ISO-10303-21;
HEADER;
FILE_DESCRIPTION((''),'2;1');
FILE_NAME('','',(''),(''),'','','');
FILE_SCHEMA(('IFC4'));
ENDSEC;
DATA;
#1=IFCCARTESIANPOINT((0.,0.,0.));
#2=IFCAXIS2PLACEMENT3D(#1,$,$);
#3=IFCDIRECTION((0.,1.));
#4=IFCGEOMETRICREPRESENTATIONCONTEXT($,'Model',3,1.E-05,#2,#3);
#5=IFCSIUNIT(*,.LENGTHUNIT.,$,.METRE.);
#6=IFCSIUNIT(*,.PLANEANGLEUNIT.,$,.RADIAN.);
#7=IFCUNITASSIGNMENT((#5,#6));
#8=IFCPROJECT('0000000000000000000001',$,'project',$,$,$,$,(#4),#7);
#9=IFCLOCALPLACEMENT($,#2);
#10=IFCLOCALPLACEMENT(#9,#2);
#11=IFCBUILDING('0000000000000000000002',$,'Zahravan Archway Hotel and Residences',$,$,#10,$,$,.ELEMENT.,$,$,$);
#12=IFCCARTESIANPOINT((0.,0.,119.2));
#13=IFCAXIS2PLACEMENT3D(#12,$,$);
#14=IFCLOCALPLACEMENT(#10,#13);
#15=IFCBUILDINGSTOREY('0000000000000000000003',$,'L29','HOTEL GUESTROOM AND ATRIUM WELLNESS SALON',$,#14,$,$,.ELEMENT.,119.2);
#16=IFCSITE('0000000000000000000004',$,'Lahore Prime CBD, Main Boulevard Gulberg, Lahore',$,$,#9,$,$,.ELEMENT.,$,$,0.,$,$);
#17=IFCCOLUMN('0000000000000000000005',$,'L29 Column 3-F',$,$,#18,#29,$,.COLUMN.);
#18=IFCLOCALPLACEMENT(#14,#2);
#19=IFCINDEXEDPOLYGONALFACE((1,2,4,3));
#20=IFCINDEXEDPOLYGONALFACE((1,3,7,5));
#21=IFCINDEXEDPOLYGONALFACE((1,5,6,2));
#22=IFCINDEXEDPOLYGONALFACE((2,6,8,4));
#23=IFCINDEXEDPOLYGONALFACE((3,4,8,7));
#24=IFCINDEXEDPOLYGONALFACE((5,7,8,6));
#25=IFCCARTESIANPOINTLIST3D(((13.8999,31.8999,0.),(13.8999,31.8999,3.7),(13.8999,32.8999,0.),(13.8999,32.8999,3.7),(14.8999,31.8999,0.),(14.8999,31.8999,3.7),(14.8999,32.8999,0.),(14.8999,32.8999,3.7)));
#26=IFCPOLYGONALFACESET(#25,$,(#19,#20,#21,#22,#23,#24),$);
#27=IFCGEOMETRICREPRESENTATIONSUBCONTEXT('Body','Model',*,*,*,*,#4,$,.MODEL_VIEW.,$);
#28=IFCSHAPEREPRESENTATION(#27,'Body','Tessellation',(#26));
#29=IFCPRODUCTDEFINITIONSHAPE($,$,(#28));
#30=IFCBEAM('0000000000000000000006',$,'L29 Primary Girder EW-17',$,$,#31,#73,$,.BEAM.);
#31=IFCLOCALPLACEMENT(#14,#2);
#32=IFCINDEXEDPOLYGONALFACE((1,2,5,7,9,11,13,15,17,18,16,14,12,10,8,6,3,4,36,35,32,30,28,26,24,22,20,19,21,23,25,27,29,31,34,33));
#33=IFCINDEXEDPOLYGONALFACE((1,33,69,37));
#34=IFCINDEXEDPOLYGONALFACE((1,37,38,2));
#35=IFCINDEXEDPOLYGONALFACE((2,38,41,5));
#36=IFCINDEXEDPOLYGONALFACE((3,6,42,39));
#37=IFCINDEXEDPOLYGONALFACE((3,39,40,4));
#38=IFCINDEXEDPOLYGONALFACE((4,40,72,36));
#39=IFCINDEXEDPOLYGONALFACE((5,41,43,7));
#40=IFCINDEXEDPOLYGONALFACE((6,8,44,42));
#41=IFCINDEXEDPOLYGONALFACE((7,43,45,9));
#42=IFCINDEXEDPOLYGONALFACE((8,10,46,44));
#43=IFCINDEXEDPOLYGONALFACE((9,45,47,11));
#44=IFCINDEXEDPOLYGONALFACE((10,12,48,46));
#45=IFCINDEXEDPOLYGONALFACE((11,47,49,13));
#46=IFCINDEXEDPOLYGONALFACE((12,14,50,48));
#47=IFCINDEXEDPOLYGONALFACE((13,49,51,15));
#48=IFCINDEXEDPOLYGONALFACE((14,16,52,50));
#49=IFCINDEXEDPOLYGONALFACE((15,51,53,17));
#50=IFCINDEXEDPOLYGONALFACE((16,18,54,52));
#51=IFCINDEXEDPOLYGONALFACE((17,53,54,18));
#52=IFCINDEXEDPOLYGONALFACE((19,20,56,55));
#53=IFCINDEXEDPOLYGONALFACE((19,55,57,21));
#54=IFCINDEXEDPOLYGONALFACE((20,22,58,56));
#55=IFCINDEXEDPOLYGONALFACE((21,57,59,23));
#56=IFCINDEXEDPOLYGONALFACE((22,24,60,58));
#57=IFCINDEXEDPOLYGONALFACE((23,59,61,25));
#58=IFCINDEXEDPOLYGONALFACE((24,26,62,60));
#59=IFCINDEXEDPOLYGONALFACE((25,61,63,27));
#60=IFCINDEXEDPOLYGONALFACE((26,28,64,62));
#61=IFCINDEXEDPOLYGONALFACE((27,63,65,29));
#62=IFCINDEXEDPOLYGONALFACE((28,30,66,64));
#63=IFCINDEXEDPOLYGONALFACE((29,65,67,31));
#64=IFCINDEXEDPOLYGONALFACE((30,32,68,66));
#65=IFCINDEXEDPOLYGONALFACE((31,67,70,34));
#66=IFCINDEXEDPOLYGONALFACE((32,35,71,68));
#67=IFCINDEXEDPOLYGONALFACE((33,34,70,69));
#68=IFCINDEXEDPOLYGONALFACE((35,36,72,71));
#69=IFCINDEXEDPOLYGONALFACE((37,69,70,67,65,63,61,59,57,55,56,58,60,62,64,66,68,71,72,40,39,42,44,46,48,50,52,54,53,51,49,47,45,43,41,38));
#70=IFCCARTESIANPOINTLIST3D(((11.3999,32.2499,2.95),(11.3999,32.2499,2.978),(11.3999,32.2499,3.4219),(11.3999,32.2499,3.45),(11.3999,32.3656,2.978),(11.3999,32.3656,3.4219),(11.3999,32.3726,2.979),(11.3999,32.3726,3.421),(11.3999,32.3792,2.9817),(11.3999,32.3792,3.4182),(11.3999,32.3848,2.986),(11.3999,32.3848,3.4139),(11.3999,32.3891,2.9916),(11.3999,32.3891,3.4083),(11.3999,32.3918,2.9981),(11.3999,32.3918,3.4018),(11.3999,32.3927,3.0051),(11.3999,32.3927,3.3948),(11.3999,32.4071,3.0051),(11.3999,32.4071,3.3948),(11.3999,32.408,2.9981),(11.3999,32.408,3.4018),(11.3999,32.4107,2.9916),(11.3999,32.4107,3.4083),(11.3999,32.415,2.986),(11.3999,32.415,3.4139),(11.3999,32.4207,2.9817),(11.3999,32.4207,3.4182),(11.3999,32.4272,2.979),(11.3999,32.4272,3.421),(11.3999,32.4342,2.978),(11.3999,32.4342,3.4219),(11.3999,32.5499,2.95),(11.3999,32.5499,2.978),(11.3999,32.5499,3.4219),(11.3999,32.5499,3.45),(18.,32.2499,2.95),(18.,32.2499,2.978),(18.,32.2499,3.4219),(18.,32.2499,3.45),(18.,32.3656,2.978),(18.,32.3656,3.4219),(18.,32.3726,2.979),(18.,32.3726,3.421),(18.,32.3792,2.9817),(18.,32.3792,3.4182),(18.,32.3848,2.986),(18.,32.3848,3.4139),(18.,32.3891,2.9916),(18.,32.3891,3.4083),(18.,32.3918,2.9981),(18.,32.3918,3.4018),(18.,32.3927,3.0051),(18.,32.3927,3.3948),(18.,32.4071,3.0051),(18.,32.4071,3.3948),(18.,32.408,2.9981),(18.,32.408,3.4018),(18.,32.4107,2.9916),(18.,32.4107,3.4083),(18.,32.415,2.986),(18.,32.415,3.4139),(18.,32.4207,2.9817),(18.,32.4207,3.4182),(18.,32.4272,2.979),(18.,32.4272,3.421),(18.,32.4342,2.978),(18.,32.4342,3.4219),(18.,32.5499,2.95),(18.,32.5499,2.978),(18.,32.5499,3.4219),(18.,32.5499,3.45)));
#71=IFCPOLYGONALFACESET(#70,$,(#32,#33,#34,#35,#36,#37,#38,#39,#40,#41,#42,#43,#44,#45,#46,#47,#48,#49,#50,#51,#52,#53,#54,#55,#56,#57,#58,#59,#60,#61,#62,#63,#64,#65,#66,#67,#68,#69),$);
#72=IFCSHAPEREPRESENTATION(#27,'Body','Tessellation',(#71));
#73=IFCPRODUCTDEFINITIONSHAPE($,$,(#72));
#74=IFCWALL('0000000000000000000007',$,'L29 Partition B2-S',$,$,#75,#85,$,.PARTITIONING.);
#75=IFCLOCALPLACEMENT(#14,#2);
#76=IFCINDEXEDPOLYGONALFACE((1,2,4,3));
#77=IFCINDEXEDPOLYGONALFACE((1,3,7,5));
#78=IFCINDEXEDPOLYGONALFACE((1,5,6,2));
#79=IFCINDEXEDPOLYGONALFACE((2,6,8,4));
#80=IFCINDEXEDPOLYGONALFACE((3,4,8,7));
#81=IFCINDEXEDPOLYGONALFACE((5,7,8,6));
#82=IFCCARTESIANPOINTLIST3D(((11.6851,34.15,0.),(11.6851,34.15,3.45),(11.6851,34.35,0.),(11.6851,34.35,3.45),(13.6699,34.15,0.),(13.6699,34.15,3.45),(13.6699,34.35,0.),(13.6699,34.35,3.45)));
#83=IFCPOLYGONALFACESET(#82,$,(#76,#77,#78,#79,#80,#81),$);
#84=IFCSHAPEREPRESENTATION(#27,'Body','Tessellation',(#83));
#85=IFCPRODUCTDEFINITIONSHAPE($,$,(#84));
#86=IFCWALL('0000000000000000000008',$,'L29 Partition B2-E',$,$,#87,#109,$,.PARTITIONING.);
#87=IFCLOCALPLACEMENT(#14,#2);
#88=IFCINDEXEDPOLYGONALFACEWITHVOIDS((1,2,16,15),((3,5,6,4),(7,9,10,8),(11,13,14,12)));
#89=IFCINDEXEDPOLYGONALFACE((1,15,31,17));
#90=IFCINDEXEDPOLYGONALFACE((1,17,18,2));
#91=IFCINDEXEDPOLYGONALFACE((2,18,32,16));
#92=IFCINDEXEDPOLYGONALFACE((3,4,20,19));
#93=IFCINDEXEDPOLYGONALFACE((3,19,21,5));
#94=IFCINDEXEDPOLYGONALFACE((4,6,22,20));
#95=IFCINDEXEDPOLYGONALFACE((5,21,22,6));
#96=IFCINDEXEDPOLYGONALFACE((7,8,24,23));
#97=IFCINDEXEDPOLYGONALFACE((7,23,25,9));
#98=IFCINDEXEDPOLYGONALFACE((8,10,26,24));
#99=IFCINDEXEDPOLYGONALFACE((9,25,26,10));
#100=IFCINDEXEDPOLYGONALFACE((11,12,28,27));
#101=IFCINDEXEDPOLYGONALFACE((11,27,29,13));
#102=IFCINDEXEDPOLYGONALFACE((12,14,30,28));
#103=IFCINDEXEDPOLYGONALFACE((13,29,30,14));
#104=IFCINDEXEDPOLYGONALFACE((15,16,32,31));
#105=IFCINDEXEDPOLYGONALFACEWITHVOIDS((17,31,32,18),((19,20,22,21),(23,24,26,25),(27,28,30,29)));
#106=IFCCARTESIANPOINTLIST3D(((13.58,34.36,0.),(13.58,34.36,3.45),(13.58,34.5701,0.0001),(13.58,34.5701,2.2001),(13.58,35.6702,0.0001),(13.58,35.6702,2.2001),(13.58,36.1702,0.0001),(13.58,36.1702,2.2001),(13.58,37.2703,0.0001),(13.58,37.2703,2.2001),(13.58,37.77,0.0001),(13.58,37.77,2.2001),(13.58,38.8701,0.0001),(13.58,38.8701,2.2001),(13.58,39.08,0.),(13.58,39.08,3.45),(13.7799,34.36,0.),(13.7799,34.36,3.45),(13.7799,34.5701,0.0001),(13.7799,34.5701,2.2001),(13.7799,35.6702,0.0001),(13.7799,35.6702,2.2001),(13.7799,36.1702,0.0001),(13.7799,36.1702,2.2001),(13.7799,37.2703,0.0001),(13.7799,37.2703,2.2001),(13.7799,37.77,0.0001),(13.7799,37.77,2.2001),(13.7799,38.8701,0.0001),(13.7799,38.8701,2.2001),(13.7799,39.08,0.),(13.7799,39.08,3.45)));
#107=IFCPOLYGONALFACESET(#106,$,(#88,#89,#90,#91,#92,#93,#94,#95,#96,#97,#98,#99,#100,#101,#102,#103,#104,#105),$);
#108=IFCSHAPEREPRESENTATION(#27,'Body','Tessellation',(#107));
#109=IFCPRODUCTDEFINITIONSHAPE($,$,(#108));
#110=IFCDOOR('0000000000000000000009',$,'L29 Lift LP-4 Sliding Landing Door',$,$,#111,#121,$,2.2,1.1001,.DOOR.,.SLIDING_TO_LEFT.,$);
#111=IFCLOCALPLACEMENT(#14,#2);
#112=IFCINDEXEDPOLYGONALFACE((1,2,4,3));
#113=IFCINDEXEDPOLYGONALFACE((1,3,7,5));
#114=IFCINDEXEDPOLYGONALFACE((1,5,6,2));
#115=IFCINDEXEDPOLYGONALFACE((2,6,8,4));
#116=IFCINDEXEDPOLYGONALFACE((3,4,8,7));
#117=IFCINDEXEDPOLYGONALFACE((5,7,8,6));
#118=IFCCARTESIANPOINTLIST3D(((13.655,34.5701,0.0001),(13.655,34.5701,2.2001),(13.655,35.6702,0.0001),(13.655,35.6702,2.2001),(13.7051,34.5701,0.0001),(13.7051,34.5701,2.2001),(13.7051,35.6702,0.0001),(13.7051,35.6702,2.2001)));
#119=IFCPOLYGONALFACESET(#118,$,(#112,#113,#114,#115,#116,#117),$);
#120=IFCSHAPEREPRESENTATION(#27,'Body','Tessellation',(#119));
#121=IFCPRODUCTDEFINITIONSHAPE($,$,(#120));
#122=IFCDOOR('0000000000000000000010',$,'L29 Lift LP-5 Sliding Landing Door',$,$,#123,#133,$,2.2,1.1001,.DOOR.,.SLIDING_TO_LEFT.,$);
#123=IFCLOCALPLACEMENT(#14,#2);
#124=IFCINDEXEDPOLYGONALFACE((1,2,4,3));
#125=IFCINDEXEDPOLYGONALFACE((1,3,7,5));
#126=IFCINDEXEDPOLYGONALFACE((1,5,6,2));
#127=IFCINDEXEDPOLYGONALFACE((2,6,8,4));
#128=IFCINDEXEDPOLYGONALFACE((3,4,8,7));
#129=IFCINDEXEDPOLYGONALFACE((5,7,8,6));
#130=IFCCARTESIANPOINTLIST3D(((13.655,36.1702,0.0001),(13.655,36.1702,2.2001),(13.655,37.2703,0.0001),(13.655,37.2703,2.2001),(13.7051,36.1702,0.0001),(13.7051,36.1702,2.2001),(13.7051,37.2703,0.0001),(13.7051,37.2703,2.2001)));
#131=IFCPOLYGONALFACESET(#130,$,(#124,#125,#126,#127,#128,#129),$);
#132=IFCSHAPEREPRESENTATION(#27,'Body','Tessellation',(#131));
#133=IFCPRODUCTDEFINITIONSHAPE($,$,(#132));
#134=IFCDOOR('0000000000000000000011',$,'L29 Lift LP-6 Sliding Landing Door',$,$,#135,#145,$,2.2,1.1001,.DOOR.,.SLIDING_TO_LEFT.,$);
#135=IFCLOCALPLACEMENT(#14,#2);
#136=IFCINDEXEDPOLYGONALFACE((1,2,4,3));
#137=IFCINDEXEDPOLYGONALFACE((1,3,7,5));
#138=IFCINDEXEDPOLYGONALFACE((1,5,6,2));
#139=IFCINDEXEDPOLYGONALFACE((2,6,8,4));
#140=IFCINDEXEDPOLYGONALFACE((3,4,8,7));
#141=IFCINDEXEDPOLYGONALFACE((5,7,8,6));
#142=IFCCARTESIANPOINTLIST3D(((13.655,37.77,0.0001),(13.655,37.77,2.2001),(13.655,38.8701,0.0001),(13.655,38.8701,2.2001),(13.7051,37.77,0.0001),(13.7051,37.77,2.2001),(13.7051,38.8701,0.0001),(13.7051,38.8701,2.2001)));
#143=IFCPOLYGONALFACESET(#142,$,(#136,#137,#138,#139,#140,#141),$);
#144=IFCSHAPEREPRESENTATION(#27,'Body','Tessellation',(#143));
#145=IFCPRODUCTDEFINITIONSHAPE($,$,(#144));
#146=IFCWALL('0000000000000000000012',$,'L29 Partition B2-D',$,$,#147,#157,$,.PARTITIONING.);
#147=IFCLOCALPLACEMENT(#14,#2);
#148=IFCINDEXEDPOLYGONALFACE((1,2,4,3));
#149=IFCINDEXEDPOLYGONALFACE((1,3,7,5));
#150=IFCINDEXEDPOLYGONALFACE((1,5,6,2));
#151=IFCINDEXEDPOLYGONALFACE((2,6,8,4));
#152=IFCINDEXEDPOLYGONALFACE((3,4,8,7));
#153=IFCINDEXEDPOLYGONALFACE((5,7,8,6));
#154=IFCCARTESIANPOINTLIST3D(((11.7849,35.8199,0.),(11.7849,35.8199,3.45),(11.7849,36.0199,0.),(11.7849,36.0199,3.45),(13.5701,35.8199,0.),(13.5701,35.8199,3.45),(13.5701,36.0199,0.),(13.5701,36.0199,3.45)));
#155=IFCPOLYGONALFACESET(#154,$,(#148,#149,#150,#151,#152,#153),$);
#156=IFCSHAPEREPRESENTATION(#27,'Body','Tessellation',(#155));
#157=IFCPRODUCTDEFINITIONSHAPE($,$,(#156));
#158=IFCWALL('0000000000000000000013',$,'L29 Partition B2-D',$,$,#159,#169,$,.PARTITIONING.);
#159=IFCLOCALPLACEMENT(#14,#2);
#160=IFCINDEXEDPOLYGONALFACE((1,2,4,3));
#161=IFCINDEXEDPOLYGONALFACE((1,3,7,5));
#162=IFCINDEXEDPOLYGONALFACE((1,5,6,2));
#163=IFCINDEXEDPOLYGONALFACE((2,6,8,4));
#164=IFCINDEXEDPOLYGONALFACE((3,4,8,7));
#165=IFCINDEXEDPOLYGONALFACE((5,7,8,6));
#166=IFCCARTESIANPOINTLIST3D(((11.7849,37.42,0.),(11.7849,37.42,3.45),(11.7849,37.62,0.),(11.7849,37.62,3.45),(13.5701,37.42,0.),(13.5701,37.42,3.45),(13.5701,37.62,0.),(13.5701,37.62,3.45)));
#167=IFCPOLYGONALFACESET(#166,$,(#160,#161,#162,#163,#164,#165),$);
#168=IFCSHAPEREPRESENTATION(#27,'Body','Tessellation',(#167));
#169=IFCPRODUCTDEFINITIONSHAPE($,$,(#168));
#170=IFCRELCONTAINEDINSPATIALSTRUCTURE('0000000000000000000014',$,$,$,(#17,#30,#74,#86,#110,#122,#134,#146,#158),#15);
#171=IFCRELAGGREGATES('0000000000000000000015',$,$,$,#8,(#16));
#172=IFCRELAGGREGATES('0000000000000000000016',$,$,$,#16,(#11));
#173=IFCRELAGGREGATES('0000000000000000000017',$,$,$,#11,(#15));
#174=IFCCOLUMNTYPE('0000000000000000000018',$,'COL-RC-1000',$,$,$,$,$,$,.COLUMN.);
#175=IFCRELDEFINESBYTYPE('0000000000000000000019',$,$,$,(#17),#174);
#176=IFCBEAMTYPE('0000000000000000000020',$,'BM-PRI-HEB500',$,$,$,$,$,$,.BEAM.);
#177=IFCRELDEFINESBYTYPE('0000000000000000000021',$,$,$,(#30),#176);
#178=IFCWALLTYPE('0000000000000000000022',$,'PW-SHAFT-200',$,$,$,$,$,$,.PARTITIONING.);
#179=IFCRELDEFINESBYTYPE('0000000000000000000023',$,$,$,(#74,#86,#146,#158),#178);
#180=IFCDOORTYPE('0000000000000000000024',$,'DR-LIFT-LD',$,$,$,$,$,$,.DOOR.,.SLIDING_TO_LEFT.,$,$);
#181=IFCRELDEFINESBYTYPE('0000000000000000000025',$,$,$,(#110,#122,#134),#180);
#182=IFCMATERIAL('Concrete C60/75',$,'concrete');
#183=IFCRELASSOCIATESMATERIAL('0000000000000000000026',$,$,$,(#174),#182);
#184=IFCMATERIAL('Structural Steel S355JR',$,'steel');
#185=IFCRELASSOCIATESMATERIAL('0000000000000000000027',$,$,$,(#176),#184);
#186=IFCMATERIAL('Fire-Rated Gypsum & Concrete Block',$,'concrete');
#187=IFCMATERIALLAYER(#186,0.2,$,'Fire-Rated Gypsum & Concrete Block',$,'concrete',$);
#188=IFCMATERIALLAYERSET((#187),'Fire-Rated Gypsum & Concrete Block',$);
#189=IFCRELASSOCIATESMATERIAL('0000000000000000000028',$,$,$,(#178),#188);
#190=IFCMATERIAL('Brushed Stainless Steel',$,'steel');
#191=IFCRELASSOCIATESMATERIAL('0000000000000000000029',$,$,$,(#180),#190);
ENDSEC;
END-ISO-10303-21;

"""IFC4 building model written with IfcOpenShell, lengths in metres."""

from ifc_helpers import new_model, si_unit, direction, frame, frame_2d, origin, origin_2d, place, context, subcontext, project, spatial, rectangle, i_section, extrude, source, transform, mapped, material, layer, layer_set, material_profile, profile_set, type_object, type_shapes, element, fill, save


model = new_model("IFC4")

# Units and contexts
model_context = context("Model", 3, precision=1e-05, world=origin(), true_north=direction((0.0, 1.0)))
body_context = subcontext(model_context, "Body", "Model", "MODEL_VIEW")
ifc_project = project(units=[si_unit("LENGTHUNIT", "METRE"), si_unit("PLANEANGLEUNIT", "RADIAN")], contexts=[model_context])

# Site, building, storey
site_placement = place(None, origin())
site = spatial("IfcSite", under=ifc_project, at=site_placement, Name="Lahore Prime CBD, Main Boulevard Gulberg, Lahore", CompositionType="ELEMENT", RefElevation=0.0)
building_placement = place(site_placement, origin())
building = spatial("IfcBuilding", under=site, at=building_placement, Name="Zahravan Archway Hotel and Residences", CompositionType="ELEMENT")
storey_placement = place(building_placement, frame((0.0, 0.0, 119.2)))
storey = spatial("IfcBuildingStorey", under=building, at=storey_placement, Name="L29", Description="HOTEL GUESTROOM AND ATRIUM WELLNESS SALON", CompositionType="ELEMENT", Elevation=119.2)

# Column
ifc_material_1 = material(Name="Concrete C60/75", Category="concrete")
ifc_material_profile_1 = material_profile(ifc_material_1, rectangle(XDim=1.0, YDim=1.0, at=origin_2d()), Name="RC-COL-1000x1000", Category="concrete")
ifc_profile_set_1 = profile_set([ifc_material_profile_1], Name="Concrete C60/75")
column_type = type_object("IfcColumnType", Name="COL-RC-1000", PredefinedType="COLUMN", material=ifc_profile_set_1)
shared_shape_1 = source(origin(), body_context, "Body", "SweptSolid", [
    extrude(rectangle(XDim=1.0, YDim=1.0, at=origin_2d()), origin(), (0.0, 0.0, 1.0), 3.7),
])
type_shapes(column_type, [shared_shape_1])
column_placement = place(storey_placement, frame((14.3999, 32.3999, 0.0), z_axis=(0.0, 0.0, 1.0), x_axis=(1.0, 0.0, 0.0)))
element("IfcColumn", 1, at=column_placement, inside=storey, type_object=column_type, Name="L29 Column 3-F", PredefinedType="COLUMN", context=body_context, shape_type="MappedRepresentation", body=[
    mapped(shared_shape_1, transform((0.0, 0.0, 0.0), scale=1.0)),
])

# Beam
ifc_material_2 = material(Name="Structural Steel S355JR", Category="steel")
ifc_material_profile_2 = material_profile(ifc_material_2, i_section(OverallWidth=0.3, OverallDepth=0.5, WebThickness=0.0144, FlangeThickness=0.0281, FilletRadius=0.0271, at=origin_2d()), Name="HEB 500", Category="steel")
ifc_profile_set_2 = profile_set([ifc_material_profile_2], Name="Structural Steel S355JR")
beam_type = type_object("IfcBeamType", Name="BM-PRI-HEB500", PredefinedType="BEAM", material=ifc_profile_set_2)
shared_shape_2 = source(origin(), body_context, "Body", "SweptSolid", [
    extrude(i_section(OverallWidth=0.3, OverallDepth=0.5, WebThickness=0.0144, FlangeThickness=0.0281, FilletRadius=0.0271, at=origin_2d()), origin(), (0.0, 0.0, 1.0), 6.6001),
])
beam_placement = place(storey_placement, frame((11.3999, 32.3999, 3.2), z_axis=(1.0, 0.0, 0.0), x_axis=(0.0, 1.0, 0.0)))
element("IfcBeam", 2, at=beam_placement, inside=storey, type_object=beam_type, Name="L29 Primary Girder EW-17", PredefinedType="BEAM", context=body_context, shape_type="MappedRepresentation", body=[
    mapped(shared_shape_2, transform((0.0, 0.0, 0.0), scale=1.0)),
])

# Wall
ifc_material_3 = material(Name="Fire-Rated Gypsum & Concrete Block", Category="concrete")
ifc_layer_1 = layer(ifc_material_3, 0.2, Name="Fire-Rated Gypsum & Concrete Block", Category="concrete")
ifc_layer_set_1 = layer_set([ifc_layer_1], Name="Fire-Rated Gypsum & Concrete Block")
wall_type_1 = type_object("IfcWallType", Name="PW-SHAFT-200", PredefinedType="PARTITIONING", material=ifc_layer_set_1)
wall_1_placement = place(storey_placement, frame((11.6851, 34.25, 0.0), z_axis=(0.0, 0.0, 1.0), x_axis=(1.0, 0.0, 0.0)))
element("IfcWall", 3, at=wall_1_placement, inside=storey, type_object=wall_type_1, Name="L29 Partition B2-S", PredefinedType="PARTITIONING", context=body_context, shape_type="SweptSolid", body=[
    extrude(rectangle(XDim=1.9849, YDim=0.2, at=frame_2d((0.9924, 0.0))), origin(), (0.0, 0.0, 1.0), 3.45),
])

# Wall, openings, doors
wall_2_placement = place(storey_placement, frame((13.6799, 34.3601, 0.0), z_axis=(0.0, 0.0, 1.0), x_axis=(0.0, 1.0, 0.0)))
wall_2 = element("IfcWall", 4, at=wall_2_placement, inside=storey, type_object=wall_type_1, Name="L29 Partition B2-E", PredefinedType="PARTITIONING", context=body_context, shape_type="SweptSolid", body=[
    extrude(rectangle(XDim=4.72, YDim=0.2, at=frame_2d((2.3599, 0.0))), origin(), (0.0, 0.0, 1.0), 3.45),
])
opening_1_placement = place(wall_2_placement, frame((0.21, 0.0, 0.0)))
opening_1 = element("IfcOpeningElement", 5, at=opening_1_placement, cuts=wall_2, PredefinedType="OPENING", context=body_context, shape_type="SweptSolid", body=[
    extrude(rectangle(XDim=1.1001, YDim=2.2, at=frame_2d((0.55, 1.1001))), frame((0.0, 0.1099, 0.0), z_axis=(0.0, -1.0, 0.0), x_axis=(1.0, 0.0, 0.0)), (0.0, 0.0, 1.0), 0.22),
])
opening_2_placement = place(wall_2_placement, frame((1.8101, 0.0, 0.0)))
opening_2 = element("IfcOpeningElement", 6, at=opening_2_placement, cuts=wall_2, PredefinedType="OPENING", context=body_context, shape_type="SweptSolid", body=[
    extrude(rectangle(XDim=1.1001, YDim=2.2, at=frame_2d((0.55, 1.1001))), frame((0.0, 0.1099, 0.0), z_axis=(0.0, -1.0, 0.0), x_axis=(1.0, 0.0, 0.0)), (0.0, 0.0, 1.0), 0.22),
])
opening_3_placement = place(wall_2_placement, frame((3.4099, 0.0, 0.0)))
opening_3 = element("IfcOpeningElement", 7, at=opening_3_placement, cuts=wall_2, PredefinedType="OPENING", context=body_context, shape_type="SweptSolid", body=[
    extrude(rectangle(XDim=1.1001, YDim=2.2, at=frame_2d((0.55, 1.1001))), frame((0.0, 0.1099, 0.0), z_axis=(0.0, -1.0, 0.0), x_axis=(1.0, 0.0, 0.0)), (0.0, 0.0, 1.0), 0.22),
])
ifc_material_4 = material(Name="Brushed Stainless Steel", Category="steel")
door_type_1 = type_object("IfcDoorType", Name="DR-LIFT-LD", OperationType="SLIDING_TO_LEFT", PredefinedType="DOOR", material=ifc_material_4)
shared_shape_3 = source(origin(), body_context, "Body", "SweptSolid", [
    extrude(rectangle(XDim=1.1001, YDim=2.2, at=frame_2d((0.55, 1.1001))), frame((0.0, 0.0249, 0.0), z_axis=(0.0, -1.0, 0.0), x_axis=(1.0, 0.0, 0.0)), (0.0, 0.0, 1.0), 0.05),
])
type_shapes(door_type_1, [shared_shape_3])
door_1_placement = place(opening_1_placement, origin())
door_1 = element("IfcDoor", 8, at=door_1_placement, inside=storey, type_object=door_type_1, Name="L29 Lift LP-4 Sliding Landing Door", OperationType="SLIDING_TO_LEFT", OverallHeight=2.2, OverallWidth=1.1001, PredefinedType="DOOR", context=body_context, shape_type="MappedRepresentation", body=[
    mapped(shared_shape_3, transform((0.0, 0.0, 0.0), scale=1.0)),
])
fill(opening_1, door_1)
door_2_placement = place(opening_2_placement, origin())
door_2 = element("IfcDoor", 9, at=door_2_placement, inside=storey, type_object=door_type_1, Name="L29 Lift LP-5 Sliding Landing Door", OperationType="SLIDING_TO_LEFT", OverallHeight=2.2, OverallWidth=1.1001, PredefinedType="DOOR", context=body_context, shape_type="MappedRepresentation", body=[
    mapped(shared_shape_3, transform((0.0, 0.0, 0.0), scale=1.0)),
])
fill(opening_2, door_2)
door_3_placement = place(opening_3_placement, origin())
door_3 = element("IfcDoor", 10, at=door_3_placement, inside=storey, type_object=door_type_1, Name="L29 Lift LP-6 Sliding Landing Door", OperationType="SLIDING_TO_LEFT", OverallHeight=2.2, OverallWidth=1.1001, PredefinedType="DOOR", context=body_context, shape_type="MappedRepresentation", body=[
    mapped(shared_shape_3, transform((0.0, 0.0, 0.0), scale=1.0)),
])
fill(opening_3, door_3)

# Walls
for number, where, z_axis, x_axis, name in (
    (11, (11.7849, 35.9199, 0.0), (0.0, 0.0, 1.0), (1.0, 0.0, 0.0), "L29 Partition B2-D"),
    (12, (11.7849, 37.52, 0.0), (0.0, 0.0, 1.0), (1.0, 0.0, 0.0), "L29 Partition B2-D"),
):
    element("IfcWall", number, at=place(storey_placement, frame(where, z_axis=z_axis, x_axis=x_axis)), inside=storey, type_object=wall_type_1, Name=name, PredefinedType="PARTITIONING", context=body_context, shape_type="SweptSolid", body=[
        extrude(rectangle(XDim=1.7852, YDim=0.2, at=frame_2d((0.8926, 0.0))), origin(), (0.0, 0.0, 1.0), 3.45),
    ])

save(model, "model.ifc")
